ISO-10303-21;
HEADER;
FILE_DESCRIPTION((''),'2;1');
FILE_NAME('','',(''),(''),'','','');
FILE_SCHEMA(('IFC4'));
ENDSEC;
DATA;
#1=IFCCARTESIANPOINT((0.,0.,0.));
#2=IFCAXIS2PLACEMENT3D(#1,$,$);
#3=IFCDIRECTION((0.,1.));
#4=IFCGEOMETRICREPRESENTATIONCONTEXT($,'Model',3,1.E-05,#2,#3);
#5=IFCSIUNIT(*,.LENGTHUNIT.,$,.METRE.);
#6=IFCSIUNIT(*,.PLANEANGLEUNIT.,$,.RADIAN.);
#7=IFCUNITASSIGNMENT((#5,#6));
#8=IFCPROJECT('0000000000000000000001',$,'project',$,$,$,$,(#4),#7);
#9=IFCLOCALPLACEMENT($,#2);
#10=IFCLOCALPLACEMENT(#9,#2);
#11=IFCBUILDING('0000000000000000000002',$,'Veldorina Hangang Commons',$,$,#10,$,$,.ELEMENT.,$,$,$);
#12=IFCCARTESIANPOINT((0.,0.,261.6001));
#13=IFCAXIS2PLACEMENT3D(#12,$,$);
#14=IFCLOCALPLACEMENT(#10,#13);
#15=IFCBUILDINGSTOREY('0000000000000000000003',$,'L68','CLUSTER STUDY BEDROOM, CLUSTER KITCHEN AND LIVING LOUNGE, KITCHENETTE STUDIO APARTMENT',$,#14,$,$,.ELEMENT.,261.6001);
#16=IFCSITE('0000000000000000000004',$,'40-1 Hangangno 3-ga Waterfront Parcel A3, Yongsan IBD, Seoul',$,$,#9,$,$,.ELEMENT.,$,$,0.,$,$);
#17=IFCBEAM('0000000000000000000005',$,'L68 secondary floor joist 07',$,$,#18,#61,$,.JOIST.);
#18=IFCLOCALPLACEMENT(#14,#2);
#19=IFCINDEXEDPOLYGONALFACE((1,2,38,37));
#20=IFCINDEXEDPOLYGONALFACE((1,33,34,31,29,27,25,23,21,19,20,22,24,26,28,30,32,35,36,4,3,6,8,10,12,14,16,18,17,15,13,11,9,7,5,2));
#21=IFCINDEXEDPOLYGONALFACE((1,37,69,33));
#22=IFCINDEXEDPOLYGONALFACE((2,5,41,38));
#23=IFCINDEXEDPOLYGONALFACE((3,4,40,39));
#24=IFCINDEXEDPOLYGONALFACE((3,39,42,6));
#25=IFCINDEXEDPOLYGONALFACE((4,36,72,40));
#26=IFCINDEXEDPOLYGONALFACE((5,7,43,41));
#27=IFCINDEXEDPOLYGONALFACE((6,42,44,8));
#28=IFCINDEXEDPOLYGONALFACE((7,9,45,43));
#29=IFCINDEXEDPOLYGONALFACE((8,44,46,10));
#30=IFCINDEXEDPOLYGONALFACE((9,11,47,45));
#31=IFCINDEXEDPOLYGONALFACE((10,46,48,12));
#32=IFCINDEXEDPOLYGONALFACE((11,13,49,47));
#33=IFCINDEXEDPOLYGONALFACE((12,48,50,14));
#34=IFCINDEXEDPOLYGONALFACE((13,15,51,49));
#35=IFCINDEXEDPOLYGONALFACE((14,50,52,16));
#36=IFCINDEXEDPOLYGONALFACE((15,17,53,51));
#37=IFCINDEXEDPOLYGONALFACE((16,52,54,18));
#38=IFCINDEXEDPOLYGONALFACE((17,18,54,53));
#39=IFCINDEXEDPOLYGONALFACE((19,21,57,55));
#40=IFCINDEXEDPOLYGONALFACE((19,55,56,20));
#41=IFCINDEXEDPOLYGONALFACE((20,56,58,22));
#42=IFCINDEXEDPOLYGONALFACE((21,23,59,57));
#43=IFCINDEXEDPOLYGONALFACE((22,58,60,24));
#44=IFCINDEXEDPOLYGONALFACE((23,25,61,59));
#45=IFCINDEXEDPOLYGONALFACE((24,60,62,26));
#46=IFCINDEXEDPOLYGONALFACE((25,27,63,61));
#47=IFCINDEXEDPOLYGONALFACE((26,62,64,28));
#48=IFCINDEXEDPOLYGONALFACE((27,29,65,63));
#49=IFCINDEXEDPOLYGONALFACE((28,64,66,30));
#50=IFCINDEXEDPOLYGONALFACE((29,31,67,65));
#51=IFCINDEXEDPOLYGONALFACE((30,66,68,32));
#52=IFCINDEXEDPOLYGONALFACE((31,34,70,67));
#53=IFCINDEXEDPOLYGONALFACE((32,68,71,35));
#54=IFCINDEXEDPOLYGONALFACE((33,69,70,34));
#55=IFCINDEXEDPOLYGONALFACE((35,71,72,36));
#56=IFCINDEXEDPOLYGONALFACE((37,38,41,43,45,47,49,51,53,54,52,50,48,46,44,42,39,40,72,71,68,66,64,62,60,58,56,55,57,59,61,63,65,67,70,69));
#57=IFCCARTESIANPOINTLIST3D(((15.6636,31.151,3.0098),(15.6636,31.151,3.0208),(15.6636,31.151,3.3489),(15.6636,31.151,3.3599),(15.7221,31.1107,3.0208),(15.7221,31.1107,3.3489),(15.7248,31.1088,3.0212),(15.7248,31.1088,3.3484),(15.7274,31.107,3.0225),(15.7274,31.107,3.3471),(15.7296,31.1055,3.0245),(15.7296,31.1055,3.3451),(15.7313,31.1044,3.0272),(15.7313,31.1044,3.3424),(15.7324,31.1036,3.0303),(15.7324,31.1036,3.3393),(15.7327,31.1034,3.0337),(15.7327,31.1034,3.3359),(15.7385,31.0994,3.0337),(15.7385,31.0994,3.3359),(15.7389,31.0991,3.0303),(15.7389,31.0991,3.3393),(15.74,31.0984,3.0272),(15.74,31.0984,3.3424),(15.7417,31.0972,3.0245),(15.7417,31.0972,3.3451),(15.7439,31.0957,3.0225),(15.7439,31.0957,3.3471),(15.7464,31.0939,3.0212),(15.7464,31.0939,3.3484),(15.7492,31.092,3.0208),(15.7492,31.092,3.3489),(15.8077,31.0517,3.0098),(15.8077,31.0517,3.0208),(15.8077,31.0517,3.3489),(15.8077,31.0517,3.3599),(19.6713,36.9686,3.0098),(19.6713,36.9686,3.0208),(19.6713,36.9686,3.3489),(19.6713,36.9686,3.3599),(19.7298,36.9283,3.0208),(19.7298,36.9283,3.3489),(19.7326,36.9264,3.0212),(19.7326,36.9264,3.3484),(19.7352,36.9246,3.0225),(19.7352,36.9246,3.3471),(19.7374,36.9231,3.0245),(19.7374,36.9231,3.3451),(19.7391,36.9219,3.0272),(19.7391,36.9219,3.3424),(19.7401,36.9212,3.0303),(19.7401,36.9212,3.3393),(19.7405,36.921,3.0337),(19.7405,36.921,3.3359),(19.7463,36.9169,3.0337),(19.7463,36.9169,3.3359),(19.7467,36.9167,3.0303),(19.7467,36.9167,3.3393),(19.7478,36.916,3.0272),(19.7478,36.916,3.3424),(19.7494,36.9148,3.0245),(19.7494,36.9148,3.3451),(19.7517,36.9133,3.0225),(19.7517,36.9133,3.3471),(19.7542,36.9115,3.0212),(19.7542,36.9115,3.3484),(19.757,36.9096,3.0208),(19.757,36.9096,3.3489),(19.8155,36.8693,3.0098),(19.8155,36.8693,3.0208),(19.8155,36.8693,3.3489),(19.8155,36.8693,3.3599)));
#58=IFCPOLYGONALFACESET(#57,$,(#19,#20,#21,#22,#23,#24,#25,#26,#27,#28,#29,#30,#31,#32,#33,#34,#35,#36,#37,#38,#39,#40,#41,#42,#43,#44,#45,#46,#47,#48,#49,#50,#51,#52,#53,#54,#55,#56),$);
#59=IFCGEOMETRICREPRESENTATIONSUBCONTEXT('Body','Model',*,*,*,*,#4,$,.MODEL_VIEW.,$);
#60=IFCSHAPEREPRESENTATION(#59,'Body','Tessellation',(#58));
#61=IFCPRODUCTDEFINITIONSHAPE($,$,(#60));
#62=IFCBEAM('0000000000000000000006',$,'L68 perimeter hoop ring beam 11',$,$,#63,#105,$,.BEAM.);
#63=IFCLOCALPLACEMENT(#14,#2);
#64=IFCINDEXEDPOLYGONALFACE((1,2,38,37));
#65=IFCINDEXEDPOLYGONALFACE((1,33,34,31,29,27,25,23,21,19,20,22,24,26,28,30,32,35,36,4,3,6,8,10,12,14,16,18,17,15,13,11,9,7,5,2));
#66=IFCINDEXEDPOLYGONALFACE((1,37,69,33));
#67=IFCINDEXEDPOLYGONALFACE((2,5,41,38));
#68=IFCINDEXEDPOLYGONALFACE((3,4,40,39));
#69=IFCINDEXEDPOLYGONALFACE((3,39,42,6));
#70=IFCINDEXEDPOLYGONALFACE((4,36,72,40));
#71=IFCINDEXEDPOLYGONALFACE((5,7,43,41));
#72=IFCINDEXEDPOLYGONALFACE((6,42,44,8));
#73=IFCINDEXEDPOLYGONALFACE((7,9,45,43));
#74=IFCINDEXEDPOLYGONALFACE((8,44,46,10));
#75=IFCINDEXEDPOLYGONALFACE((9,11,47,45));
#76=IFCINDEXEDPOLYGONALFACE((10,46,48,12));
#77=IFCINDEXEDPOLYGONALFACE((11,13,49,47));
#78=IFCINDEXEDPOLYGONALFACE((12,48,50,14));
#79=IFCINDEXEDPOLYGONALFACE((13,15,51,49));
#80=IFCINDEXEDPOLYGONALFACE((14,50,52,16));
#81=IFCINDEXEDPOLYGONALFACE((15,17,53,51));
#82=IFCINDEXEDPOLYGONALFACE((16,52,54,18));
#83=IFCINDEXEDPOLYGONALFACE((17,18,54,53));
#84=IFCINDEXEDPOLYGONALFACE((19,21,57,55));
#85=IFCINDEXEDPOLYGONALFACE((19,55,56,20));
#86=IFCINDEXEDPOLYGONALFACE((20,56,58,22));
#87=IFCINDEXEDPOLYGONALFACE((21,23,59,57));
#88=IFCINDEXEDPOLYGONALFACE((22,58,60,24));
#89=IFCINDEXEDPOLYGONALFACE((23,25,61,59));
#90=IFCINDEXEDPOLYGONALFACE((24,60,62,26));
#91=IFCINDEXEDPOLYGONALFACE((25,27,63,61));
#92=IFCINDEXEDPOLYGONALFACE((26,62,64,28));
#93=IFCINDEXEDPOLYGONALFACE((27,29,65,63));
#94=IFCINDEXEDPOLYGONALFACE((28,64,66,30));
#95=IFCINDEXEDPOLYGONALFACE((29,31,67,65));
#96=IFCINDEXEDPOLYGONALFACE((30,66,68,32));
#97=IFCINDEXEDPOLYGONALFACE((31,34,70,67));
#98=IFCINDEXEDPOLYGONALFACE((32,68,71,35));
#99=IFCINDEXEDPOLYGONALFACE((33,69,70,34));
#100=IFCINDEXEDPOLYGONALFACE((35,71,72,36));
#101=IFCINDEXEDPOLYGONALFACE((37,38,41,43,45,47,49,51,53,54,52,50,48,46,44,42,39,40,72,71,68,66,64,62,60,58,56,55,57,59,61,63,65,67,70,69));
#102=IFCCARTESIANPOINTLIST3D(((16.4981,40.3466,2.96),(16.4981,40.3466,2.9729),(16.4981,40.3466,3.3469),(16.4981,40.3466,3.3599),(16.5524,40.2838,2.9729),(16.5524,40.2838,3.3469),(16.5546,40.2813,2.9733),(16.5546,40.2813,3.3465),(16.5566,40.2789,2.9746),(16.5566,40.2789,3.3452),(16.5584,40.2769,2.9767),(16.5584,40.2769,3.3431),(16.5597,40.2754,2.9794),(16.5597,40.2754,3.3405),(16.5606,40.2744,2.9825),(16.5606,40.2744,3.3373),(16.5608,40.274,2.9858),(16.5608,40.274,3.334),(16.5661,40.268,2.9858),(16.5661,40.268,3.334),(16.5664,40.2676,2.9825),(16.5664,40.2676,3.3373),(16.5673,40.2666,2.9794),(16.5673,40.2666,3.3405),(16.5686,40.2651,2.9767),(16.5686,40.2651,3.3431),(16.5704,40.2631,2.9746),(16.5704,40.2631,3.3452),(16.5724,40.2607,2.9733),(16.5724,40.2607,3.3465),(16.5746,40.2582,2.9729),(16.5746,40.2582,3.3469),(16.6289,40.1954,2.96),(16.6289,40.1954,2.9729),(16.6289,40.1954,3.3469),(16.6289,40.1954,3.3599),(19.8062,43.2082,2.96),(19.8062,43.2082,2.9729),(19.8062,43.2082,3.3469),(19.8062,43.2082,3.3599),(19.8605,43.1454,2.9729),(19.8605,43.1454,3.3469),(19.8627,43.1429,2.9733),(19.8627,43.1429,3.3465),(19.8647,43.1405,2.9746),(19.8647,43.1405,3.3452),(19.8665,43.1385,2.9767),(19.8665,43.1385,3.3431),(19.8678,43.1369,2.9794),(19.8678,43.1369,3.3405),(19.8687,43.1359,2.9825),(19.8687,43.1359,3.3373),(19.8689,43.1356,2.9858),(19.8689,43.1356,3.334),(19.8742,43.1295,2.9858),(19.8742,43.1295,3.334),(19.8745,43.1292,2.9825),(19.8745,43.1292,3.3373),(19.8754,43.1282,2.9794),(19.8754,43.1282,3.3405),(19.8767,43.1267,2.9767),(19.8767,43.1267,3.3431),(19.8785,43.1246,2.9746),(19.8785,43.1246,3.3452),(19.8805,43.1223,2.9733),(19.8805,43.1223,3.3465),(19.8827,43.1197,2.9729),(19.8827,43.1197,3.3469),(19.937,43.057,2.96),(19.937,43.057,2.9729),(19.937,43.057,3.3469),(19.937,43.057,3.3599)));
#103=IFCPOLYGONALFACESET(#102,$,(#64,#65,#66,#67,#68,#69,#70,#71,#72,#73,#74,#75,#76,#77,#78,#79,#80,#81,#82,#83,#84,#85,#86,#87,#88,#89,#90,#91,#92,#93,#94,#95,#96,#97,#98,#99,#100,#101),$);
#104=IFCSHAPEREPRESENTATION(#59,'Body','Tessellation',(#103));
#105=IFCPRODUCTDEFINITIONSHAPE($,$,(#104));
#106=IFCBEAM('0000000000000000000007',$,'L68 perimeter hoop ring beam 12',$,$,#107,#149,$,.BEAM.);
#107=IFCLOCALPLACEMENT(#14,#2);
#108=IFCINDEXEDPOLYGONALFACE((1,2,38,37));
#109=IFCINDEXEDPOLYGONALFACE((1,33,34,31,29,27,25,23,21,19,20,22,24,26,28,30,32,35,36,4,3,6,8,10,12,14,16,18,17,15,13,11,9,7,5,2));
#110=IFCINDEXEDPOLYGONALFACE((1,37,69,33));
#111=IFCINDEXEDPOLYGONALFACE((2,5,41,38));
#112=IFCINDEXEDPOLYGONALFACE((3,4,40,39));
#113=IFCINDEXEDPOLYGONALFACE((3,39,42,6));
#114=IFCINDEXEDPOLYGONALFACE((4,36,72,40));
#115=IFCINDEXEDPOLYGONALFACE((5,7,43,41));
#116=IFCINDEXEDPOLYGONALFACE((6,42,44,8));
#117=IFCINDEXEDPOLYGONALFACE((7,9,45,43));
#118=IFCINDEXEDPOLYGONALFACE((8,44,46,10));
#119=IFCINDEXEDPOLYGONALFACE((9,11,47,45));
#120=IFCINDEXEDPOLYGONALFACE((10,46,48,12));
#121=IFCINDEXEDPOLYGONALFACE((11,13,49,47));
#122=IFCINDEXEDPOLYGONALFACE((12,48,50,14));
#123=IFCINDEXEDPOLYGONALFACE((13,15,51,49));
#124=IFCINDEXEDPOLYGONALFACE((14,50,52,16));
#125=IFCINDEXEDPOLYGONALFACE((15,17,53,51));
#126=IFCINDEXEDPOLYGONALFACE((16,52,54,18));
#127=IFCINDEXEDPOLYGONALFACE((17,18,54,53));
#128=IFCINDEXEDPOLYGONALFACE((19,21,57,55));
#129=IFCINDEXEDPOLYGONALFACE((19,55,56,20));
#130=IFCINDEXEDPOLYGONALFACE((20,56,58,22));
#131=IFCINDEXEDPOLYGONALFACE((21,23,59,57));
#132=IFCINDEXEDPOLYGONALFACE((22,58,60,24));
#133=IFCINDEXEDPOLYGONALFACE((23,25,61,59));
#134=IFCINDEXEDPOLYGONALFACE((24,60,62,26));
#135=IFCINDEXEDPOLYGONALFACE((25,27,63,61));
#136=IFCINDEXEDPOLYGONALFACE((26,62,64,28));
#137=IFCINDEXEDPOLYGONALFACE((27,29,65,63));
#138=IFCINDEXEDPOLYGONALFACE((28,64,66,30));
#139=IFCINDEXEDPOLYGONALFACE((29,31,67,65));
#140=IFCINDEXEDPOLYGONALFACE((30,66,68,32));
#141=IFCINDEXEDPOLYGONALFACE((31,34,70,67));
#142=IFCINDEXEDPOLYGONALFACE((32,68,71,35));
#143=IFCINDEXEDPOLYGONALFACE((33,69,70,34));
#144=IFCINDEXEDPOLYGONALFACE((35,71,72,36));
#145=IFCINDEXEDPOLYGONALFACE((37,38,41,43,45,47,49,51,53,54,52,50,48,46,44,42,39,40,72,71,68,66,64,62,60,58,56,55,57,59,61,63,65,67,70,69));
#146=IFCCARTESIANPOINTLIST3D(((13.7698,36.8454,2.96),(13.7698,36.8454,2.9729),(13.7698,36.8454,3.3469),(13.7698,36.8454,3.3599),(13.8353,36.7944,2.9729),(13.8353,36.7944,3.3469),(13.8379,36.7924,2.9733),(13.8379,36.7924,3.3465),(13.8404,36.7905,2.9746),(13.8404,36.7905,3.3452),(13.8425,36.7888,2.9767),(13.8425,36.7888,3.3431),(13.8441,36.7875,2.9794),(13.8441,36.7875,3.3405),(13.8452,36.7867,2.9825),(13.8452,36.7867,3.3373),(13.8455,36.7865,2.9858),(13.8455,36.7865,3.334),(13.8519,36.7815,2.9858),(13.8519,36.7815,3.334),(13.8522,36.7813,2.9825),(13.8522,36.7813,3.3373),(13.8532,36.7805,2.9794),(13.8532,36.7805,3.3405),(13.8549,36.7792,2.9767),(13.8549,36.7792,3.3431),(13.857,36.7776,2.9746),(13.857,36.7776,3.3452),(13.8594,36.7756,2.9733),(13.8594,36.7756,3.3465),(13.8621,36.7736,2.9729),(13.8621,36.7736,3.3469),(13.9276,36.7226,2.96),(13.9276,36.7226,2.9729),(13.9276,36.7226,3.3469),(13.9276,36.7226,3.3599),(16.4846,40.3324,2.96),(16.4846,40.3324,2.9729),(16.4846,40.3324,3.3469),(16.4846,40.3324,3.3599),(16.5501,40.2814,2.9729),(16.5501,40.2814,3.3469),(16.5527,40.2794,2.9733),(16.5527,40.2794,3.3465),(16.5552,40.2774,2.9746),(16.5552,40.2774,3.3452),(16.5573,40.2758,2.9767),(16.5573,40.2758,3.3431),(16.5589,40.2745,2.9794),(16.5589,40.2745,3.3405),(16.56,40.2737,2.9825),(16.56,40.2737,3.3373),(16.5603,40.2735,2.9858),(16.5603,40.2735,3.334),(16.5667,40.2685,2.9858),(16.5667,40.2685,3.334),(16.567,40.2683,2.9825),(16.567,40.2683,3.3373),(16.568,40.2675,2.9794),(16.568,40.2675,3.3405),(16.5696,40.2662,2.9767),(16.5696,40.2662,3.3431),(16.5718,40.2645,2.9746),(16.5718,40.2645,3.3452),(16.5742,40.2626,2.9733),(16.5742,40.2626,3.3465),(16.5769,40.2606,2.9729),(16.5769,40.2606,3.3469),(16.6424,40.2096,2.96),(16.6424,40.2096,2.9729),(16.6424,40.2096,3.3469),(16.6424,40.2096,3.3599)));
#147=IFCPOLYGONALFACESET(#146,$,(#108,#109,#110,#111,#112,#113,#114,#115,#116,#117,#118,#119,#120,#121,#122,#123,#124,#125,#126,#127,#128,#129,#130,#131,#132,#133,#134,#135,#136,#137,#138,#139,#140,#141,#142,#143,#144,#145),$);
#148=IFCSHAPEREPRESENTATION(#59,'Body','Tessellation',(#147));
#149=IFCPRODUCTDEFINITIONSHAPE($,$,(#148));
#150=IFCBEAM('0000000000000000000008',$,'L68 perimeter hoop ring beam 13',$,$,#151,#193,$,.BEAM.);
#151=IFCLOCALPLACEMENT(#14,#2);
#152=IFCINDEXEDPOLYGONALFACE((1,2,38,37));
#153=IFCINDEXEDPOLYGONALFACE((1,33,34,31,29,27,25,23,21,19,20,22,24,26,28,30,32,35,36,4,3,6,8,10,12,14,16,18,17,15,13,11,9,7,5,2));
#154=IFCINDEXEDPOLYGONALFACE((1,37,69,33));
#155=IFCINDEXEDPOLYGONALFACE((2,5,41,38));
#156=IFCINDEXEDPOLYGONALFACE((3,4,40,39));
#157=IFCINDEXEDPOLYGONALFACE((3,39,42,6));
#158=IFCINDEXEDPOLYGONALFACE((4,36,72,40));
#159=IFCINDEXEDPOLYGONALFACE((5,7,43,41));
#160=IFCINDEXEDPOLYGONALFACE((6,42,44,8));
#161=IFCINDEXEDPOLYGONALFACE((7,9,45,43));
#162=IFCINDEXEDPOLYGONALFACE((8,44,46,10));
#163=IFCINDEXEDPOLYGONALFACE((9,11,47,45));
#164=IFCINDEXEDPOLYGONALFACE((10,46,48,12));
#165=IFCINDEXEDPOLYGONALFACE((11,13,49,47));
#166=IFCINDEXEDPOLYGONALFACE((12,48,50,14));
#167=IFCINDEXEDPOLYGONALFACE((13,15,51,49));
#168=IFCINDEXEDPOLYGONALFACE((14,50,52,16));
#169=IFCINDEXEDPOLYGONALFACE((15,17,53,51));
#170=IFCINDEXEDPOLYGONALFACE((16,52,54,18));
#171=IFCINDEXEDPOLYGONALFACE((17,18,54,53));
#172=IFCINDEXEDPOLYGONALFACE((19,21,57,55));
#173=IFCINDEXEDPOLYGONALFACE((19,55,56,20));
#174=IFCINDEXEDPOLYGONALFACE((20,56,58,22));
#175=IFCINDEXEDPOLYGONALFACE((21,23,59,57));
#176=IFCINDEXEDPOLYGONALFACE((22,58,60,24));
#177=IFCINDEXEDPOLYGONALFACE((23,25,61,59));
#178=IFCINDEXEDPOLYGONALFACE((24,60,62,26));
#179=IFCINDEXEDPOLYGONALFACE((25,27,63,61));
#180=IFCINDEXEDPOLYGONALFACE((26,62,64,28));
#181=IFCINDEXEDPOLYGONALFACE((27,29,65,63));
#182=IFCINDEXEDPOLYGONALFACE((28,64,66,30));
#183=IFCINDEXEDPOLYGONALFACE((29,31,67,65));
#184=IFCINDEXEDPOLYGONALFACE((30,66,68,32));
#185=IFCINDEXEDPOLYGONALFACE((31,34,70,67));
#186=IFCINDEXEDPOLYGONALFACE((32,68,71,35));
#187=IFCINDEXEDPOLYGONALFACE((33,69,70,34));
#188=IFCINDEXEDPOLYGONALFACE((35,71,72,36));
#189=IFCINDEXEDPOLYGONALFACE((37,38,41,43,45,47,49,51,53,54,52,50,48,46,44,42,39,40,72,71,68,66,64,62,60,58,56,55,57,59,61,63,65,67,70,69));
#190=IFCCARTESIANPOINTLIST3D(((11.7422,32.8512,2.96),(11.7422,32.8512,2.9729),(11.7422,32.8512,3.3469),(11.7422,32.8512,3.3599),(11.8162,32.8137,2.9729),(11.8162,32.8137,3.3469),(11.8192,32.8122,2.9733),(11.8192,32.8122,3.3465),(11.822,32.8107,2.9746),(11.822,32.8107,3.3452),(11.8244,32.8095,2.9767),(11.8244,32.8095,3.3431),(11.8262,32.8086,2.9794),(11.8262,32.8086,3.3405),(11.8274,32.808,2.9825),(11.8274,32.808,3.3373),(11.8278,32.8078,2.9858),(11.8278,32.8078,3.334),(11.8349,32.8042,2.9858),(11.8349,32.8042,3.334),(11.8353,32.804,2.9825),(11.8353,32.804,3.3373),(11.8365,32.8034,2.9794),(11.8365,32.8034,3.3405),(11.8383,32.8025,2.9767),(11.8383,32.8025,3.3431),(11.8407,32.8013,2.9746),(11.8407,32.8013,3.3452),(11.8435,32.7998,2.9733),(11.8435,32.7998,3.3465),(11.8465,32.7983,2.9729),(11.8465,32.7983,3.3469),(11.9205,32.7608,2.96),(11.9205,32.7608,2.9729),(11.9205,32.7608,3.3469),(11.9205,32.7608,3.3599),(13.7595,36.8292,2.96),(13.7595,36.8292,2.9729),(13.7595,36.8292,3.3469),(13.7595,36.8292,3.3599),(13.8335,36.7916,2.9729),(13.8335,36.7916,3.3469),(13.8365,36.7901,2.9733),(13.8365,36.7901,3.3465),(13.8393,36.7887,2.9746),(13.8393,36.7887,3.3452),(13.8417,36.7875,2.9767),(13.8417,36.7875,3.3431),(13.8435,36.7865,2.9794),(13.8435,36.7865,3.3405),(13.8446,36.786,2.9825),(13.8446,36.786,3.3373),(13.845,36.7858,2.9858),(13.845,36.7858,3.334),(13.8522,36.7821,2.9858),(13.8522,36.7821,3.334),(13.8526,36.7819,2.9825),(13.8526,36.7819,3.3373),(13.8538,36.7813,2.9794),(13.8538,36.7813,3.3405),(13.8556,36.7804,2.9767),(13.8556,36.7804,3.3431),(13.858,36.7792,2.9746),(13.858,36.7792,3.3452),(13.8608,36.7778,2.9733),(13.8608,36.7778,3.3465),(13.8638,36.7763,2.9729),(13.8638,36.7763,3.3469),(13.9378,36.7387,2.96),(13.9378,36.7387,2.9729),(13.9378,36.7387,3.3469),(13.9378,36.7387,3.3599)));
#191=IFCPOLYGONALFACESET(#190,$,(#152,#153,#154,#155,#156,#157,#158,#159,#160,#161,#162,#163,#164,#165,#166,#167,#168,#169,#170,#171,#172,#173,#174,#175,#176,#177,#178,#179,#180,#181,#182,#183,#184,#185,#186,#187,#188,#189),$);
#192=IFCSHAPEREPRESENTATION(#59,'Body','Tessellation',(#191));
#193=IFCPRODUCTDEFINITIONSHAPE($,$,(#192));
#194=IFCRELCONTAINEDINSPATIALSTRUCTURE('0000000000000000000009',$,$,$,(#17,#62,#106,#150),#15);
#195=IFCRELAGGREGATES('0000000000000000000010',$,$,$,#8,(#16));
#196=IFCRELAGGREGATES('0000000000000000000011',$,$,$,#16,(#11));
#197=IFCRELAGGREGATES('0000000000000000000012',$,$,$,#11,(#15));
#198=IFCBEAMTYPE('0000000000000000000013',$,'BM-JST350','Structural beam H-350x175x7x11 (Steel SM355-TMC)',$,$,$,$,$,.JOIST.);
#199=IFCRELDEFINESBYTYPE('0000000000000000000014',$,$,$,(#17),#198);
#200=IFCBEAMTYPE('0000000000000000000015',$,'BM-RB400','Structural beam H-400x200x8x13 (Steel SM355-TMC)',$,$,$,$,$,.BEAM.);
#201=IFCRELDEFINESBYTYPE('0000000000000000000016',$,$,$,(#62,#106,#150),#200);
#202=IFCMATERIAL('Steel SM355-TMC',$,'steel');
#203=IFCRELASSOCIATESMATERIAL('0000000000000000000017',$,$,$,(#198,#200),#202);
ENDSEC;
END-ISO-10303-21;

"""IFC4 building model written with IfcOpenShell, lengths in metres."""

from ifc_helpers import new_model, si_unit, direction, frame, origin, origin_2d, place, context, subcontext, project, spatial, i_section, extrude, material, material_profile, profile_set, type_object, element, save


model = new_model("IFC4")

# Units and contexts
model_context = context("Model", 3, precision=1e-05, world=origin(), true_north=direction((0.0, 1.0)))
body_context = subcontext(model_context, "Body", "Model", "MODEL_VIEW")
ifc_project = project(units=[si_unit("LENGTHUNIT", "METRE"), si_unit("PLANEANGLEUNIT", "RADIAN")], contexts=[model_context])

# Site, building, storey
site_placement = place(None, origin())
site = spatial("IfcSite", under=ifc_project, at=site_placement, Name="40-1 Hangangno 3-ga Waterfront Parcel A3, Yongsan IBD, Seoul", CompositionType="ELEMENT", RefElevation=0.0)
building_placement = place(site_placement, origin())
building = spatial("IfcBuilding", under=site, at=building_placement, Name="Veldorina Hangang Commons", CompositionType="ELEMENT")
storey_placement = place(building_placement, frame((0.0, 0.0, 261.6001)))
storey = spatial("IfcBuildingStorey", under=building, at=storey_placement, Name="L68", Description="CLUSTER STUDY BEDROOM, CLUSTER KITCHEN AND LIVING LOUNGE, KITCHENETTE STUDIO APARTMENT", CompositionType="ELEMENT", Elevation=261.6001)

# Beams
ifc_material_1 = material(Name="Steel SM355-TMC", Category="steel")
ifc_material_profile_1 = material_profile(ifc_material_1, i_section(OverallWidth=0.175, OverallDepth=0.3501, WebThickness=0.0071, FlangeThickness=0.011, FilletRadius=0.0129, at=origin_2d()), Name="H-350x175x7x11")
ifc_profile_set_1 = profile_set([ifc_material_profile_1], Name="Steel SM355-TMC")
beam_type_1 = type_object("IfcBeamType", Name="BM-JST350", Description="Structural beam H-350x175x7x11 (Steel SM355-TMC)", PredefinedType="JOIST", material=ifc_profile_set_1)
beam_1_placement = place(storey_placement, frame((19.7434, 36.9189, 3.1848), z_axis=(-0.567316, -0.8235, 0.0), x_axis=(0.8235, -0.567316, 0.0)))
element("IfcBeam", 1, at=beam_1_placement, inside=storey, type_object=beam_type_1, Name="L68 secondary floor joist 07", PredefinedType="JOIST", context=body_context, shape_type="SweptSolid", body=[
    extrude(i_section(OverallWidth=0.175, OverallDepth=0.3501, WebThickness=0.0071, FlangeThickness=0.011, FilletRadius=0.0129, at=origin_2d()), origin(), (0.0, 0.0, 1.0), 7.0645),
])
ifc_material_profile_2 = material_profile(ifc_material_1, i_section(OverallWidth=0.2, OverallDepth=0.3999, WebThickness=0.0081, FlangeThickness=0.0129, FilletRadius=0.0129, at=origin_2d()), Name="H-400x200x8x13")
ifc_profile_set_2 = profile_set([ifc_material_profile_2], Name="Steel SM355-TMC")
beam_type_2 = type_object("IfcBeamType", Name="BM-RB400", Description="Structural beam H-400x200x8x13 (Steel SM355-TMC)", PredefinedType="BEAM", material=ifc_profile_set_2)
beam_2_placement = place(storey_placement, frame((19.8716, 43.1326, 3.1599), z_axis=(-0.756306, -0.654218, 0.0), x_axis=(0.654218, -0.756306, 0.0)))
element("IfcBeam", 2, at=beam_2_placement, inside=storey, type_object=beam_type_2, Name="L68 perimeter hoop ring beam 11", PredefinedType="BEAM", context=body_context, shape_type="SweptSolid", body=[
    extrude(i_section(OverallWidth=0.2, OverallDepth=0.3999, WebThickness=0.0081, FlangeThickness=0.0129, FilletRadius=0.0129, at=origin_2d()), origin(), (0.0, 0.0, 1.0), 4.374),
])
beam_3_placement = place(storey_placement, frame((16.5635, 40.271, 3.1599), z_axis=(-0.614319, -0.789058, 0.0), x_axis=(0.789058, -0.614319, 0.0)))
element("IfcBeam", 3, at=beam_3_placement, inside=storey, type_object=beam_type_2, Name="L68 perimeter hoop ring beam 12", PredefinedType="BEAM", context=body_context, shape_type="SweptSolid", body=[
    extrude(i_section(OverallWidth=0.2, OverallDepth=0.3999, WebThickness=0.0081, FlangeThickness=0.0129, FilletRadius=0.0129, at=origin_2d()), origin(), (0.0, 0.0, 1.0), 4.4192),
])
beam_4_placement = place(storey_placement, frame((13.8486, 36.7839, 3.1599), z_axis=(-0.452286, -0.891873, 0.0), x_axis=(0.891873, -0.452286, 0.0)))
element("IfcBeam", 4, at=beam_4_placement, inside=storey, type_object=beam_type_2, Name="L68 perimeter hoop ring beam 13", PredefinedType="BEAM", context=body_context, shape_type="SweptSolid", body=[
    extrude(i_section(OverallWidth=0.2, OverallDepth=0.3999, WebThickness=0.0081, FlangeThickness=0.0129, FilletRadius=0.0129, at=origin_2d()), origin(), (0.0, 0.0, 1.0), 4.4602),
])

save(model, "model.ifc")
